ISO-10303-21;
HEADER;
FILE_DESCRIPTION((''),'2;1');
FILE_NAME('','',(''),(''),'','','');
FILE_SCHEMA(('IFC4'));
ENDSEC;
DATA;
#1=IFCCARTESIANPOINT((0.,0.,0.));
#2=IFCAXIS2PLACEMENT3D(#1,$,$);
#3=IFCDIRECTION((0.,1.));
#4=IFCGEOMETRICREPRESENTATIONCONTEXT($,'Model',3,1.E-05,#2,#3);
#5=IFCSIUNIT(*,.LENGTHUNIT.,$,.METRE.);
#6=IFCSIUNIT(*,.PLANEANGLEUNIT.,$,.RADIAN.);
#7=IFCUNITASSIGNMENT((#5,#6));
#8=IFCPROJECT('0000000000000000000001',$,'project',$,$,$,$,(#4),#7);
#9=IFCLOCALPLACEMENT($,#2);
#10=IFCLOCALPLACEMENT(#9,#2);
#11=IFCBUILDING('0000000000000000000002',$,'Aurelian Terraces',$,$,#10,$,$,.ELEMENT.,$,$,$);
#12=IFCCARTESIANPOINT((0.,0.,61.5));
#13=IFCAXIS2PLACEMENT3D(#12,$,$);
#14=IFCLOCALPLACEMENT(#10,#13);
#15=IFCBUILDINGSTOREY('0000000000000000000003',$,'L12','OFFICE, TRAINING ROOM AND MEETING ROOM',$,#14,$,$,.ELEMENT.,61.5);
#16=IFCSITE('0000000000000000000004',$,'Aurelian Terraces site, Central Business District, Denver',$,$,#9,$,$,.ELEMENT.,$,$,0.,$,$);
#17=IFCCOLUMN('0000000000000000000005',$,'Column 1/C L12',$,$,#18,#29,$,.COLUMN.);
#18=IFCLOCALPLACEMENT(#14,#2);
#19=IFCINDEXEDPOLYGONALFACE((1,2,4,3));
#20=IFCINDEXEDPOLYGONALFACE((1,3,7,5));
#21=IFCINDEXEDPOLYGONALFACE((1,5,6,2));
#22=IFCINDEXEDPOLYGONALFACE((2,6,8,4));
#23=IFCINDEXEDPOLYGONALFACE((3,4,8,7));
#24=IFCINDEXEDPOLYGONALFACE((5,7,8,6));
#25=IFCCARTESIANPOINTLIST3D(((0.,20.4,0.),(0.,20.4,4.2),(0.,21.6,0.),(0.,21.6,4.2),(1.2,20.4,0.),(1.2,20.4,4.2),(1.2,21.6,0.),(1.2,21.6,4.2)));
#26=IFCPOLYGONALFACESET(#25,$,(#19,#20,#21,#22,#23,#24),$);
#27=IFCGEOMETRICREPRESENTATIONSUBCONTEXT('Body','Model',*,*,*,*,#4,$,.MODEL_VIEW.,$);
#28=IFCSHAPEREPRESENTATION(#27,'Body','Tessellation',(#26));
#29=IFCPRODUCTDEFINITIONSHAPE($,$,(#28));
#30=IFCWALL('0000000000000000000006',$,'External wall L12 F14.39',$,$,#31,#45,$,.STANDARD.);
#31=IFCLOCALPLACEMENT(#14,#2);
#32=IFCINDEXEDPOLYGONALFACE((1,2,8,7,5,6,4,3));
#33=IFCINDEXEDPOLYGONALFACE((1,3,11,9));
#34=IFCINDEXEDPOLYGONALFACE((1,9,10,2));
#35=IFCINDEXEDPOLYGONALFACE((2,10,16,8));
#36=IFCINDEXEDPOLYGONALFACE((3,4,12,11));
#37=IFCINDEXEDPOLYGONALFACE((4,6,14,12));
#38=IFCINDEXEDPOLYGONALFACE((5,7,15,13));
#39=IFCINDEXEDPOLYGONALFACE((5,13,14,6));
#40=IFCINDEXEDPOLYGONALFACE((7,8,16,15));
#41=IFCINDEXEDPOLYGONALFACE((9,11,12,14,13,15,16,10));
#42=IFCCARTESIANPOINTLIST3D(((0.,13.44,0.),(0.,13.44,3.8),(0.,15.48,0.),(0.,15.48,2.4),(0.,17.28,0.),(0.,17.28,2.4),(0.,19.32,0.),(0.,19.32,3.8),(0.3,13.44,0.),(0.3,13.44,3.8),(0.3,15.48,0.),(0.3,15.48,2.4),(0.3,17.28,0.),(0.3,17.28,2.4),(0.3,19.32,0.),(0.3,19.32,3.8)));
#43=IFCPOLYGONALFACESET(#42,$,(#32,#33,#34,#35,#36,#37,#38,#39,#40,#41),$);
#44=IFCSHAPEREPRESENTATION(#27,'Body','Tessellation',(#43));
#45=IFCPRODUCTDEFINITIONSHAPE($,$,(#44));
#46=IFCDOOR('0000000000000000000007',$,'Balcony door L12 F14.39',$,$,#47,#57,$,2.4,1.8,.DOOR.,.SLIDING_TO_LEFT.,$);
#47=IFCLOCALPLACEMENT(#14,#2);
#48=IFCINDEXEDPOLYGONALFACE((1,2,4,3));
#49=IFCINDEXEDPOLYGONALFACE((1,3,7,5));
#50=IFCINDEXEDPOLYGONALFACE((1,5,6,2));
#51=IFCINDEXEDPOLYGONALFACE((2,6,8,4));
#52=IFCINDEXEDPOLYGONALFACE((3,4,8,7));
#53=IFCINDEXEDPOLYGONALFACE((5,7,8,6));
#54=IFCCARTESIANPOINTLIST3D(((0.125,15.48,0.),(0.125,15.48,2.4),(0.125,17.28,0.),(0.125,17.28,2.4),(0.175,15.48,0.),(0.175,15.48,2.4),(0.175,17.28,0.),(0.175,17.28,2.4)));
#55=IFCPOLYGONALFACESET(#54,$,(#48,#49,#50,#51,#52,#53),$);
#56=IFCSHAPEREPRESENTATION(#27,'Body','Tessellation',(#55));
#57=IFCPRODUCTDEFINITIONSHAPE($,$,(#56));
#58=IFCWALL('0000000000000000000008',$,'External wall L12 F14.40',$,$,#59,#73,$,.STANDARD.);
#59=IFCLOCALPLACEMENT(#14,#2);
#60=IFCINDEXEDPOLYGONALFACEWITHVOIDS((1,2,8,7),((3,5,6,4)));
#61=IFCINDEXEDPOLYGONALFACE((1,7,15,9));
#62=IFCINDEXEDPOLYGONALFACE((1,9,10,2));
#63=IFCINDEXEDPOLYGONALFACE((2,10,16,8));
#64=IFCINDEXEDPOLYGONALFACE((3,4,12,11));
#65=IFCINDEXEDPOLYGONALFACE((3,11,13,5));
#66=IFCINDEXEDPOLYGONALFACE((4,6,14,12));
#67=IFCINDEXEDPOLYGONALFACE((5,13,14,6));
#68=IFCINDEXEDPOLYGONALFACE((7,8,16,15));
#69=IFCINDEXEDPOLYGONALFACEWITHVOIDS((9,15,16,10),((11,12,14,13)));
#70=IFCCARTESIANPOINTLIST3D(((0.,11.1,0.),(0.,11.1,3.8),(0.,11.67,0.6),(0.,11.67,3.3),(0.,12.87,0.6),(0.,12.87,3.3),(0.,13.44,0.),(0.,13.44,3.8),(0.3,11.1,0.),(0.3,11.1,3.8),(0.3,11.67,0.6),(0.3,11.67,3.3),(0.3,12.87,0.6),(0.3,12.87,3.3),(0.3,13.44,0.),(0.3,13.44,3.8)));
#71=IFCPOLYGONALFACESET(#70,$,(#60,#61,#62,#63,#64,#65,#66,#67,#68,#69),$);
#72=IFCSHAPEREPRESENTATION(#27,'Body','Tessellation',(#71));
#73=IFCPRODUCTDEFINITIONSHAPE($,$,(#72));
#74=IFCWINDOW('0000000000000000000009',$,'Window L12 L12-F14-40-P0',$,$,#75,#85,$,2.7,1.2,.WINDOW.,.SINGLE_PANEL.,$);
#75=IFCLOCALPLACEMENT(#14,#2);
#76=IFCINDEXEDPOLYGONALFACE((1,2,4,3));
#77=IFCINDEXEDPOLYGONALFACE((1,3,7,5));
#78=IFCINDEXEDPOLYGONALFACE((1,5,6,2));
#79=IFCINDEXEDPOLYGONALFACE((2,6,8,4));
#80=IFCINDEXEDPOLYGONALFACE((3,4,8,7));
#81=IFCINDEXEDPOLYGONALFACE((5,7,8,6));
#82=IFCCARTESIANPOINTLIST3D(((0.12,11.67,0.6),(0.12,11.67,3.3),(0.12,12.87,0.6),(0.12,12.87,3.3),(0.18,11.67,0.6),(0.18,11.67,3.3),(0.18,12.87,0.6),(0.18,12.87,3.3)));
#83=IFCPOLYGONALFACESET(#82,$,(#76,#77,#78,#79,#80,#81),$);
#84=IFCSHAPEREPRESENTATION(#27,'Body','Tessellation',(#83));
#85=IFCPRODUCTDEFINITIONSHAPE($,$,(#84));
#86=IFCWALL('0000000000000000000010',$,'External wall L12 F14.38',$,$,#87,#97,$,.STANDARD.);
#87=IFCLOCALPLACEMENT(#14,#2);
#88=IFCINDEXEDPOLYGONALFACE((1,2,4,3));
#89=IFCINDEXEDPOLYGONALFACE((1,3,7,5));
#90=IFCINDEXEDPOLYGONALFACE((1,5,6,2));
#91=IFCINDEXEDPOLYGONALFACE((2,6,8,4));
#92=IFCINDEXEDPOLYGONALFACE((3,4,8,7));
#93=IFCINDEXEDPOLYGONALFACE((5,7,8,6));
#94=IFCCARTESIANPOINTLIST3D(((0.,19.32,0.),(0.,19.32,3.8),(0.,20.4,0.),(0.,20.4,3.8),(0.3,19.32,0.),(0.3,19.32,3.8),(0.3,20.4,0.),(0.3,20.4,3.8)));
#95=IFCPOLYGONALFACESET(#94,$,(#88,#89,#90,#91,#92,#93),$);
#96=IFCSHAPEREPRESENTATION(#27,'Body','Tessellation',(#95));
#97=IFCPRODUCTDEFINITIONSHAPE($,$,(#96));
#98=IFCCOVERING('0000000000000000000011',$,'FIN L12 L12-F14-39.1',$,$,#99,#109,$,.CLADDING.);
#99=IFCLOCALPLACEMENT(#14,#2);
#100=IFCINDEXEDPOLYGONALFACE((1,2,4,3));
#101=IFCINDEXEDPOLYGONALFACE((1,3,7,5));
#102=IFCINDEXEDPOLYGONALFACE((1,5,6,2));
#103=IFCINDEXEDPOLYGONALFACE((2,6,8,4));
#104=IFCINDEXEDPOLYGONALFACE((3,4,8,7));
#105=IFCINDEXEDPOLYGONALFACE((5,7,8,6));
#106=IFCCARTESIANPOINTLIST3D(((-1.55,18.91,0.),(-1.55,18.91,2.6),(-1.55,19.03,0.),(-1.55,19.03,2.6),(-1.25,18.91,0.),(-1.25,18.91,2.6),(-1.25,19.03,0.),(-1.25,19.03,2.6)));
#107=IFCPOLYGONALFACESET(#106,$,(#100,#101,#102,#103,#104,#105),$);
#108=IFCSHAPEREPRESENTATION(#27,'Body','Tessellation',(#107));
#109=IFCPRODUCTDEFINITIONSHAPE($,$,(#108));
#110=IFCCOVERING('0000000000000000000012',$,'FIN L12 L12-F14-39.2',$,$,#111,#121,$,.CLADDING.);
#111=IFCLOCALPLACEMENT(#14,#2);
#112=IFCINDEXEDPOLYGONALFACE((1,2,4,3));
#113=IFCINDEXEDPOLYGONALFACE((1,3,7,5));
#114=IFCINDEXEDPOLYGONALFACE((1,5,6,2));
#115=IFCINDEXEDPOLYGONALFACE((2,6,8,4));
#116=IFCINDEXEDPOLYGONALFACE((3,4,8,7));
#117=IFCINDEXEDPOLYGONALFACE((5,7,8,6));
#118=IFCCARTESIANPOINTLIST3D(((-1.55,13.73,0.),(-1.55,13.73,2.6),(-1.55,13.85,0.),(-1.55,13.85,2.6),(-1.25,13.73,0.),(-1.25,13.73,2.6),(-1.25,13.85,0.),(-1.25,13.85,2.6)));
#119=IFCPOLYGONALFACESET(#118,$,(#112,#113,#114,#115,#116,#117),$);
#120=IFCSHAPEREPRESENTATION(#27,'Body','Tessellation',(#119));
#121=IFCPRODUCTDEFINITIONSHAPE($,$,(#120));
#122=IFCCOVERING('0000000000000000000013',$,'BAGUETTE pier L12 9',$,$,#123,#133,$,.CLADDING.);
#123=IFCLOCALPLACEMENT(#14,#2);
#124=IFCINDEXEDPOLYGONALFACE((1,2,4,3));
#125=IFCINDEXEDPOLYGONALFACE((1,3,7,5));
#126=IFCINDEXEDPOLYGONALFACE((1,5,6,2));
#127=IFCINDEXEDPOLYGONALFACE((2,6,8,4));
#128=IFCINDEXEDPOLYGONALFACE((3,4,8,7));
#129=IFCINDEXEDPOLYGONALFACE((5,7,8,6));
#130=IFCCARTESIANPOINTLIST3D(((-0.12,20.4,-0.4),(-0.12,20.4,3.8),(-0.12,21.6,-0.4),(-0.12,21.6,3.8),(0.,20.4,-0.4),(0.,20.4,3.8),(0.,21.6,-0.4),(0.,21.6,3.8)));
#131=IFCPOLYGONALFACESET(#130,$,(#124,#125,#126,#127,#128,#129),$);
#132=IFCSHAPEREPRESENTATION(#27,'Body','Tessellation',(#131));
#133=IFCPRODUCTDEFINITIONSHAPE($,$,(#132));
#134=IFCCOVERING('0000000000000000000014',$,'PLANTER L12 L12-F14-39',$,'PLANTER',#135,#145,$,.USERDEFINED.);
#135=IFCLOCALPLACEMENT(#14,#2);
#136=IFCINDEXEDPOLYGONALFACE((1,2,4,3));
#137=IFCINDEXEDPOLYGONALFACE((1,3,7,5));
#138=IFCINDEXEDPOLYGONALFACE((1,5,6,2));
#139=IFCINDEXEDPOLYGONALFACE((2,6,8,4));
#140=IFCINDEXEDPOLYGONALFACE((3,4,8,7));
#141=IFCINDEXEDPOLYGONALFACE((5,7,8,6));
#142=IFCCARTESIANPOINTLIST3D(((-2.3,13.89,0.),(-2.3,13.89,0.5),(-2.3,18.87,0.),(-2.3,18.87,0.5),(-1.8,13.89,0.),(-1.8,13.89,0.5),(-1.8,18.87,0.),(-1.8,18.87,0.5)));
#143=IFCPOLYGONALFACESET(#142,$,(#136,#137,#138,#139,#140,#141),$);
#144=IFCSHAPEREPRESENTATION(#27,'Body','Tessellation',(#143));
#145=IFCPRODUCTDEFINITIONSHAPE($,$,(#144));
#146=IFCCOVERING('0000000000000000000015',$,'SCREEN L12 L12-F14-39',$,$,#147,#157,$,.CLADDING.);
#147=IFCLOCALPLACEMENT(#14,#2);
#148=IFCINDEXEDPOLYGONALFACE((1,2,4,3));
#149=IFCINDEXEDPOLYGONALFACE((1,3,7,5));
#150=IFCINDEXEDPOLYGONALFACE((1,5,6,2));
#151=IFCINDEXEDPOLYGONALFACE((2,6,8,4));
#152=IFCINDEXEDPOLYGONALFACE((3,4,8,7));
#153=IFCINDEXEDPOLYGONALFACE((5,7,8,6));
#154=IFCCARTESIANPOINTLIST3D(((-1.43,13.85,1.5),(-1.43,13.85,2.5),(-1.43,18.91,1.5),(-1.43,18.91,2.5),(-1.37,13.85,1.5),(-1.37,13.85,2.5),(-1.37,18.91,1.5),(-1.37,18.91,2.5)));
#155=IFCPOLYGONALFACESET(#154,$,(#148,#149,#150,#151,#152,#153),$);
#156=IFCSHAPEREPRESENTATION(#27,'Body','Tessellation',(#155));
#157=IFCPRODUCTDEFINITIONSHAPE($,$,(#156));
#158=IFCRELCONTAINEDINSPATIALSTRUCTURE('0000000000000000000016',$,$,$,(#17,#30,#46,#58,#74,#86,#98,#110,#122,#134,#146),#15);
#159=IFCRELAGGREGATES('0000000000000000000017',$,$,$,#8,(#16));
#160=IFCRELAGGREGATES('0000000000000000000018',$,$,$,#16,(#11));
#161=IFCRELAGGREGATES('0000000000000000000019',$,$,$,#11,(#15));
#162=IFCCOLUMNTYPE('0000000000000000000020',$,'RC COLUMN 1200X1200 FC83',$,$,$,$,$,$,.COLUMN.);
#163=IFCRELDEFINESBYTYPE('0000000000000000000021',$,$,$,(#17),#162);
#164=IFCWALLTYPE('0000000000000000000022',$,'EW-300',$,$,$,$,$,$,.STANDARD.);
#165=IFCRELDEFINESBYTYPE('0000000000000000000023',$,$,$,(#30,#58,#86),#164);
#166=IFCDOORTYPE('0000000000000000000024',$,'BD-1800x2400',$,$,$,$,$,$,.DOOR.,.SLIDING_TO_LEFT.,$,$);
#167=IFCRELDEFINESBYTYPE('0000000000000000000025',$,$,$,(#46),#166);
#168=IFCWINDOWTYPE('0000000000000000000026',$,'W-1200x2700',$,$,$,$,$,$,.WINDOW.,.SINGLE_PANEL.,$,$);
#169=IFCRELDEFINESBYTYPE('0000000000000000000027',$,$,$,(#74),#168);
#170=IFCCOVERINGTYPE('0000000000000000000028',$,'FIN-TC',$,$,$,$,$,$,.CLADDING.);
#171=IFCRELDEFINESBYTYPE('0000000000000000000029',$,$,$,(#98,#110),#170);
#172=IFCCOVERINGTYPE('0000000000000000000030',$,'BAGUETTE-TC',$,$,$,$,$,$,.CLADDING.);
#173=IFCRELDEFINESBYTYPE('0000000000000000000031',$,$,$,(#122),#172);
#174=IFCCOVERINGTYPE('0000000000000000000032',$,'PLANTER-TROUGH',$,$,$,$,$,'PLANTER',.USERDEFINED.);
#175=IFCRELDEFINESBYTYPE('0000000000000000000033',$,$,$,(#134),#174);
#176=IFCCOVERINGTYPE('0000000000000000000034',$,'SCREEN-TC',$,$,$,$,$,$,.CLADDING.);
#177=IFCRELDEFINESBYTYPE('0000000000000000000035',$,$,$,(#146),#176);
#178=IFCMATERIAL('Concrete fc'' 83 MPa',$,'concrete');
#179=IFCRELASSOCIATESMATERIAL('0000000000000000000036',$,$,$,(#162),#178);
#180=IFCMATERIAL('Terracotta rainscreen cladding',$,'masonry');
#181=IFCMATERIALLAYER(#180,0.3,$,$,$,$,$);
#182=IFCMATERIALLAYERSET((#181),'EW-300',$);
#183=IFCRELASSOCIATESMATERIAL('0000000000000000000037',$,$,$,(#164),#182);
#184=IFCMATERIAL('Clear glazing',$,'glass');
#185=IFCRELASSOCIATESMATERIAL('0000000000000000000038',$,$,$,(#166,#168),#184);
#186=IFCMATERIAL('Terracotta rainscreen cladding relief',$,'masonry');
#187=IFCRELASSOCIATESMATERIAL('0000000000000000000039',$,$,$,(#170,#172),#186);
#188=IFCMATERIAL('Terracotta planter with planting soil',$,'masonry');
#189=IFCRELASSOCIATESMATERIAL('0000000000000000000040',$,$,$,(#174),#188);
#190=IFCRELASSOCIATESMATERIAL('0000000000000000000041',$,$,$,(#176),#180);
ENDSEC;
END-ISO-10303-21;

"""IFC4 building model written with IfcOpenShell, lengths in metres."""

from ifc_helpers import new_model, si_unit, direction, frame, frame_2d, origin, origin_2d, place, context, subcontext, project, spatial, rectangle, extrude, source, transform, mapped, material, layer, layer_set, material_profile, profile_set, type_object, element, fill, save


model = new_model("IFC4")

# Units and contexts
model_context = context("Model", 3, precision=1e-05, world=origin(), true_north=direction((0.0, 1.0)))
body_context = subcontext(model_context, "Body", "Model", "MODEL_VIEW")
ifc_project = project(units=[si_unit("LENGTHUNIT", "METRE"), si_unit("PLANEANGLEUNIT", "RADIAN")], contexts=[model_context])

# Site, building, storey
site_placement = place(None, origin())
site = spatial("IfcSite", under=ifc_project, at=site_placement, Name="Aurelian Terraces site, Central Business District, Denver", CompositionType="ELEMENT", RefElevation=0.0)
building_placement = place(site_placement, origin())
building = spatial("IfcBuilding", under=site, at=building_placement, Name="Aurelian Terraces", CompositionType="ELEMENT")
storey_placement = place(building_placement, frame((0.0, 0.0, 61.5)))
storey = spatial("IfcBuildingStorey", under=building, at=storey_placement, Name="L12", Description="OFFICE, TRAINING ROOM AND MEETING ROOM", CompositionType="ELEMENT", Elevation=61.5)

# Column
ifc_material_1 = material(Name="Concrete fc' 83 MPa", Category="concrete")
ifc_material_profile = material_profile(ifc_material_1, rectangle(XDim=1.2, YDim=1.2, at=origin_2d()))
ifc_profile_set = profile_set([ifc_material_profile], Name="Concrete fc' 83 MPa")
column_type = type_object("IfcColumnType", Name="RC COLUMN 1200X1200 FC83", PredefinedType="COLUMN", material=ifc_profile_set)
shared_shape_1 = source(origin(), body_context, "Body", "SweptSolid", [
    extrude(rectangle(XDim=1.2, YDim=1.2, at=origin_2d()), origin(), (0.0, 0.0, 1.0), 4.2),
])
column_placement = place(storey_placement, frame((0.6, 21.0, 0.0), z_axis=(0.0, 0.0, 1.0), x_axis=(1.0, 0.0, 0.0)))
element("IfcColumn", 1, at=column_placement, inside=storey, type_object=column_type, Name="Column 1/C L12", PredefinedType="COLUMN", context=body_context, shape_type="MappedRepresentation", body=[
    mapped(shared_shape_1, transform((0.0, 0.0, 0.0), scale=1.0)),
])

# Wall, opening, door
ifc_material_2 = material(Name="Terracotta rainscreen cladding", Category="masonry")
ifc_layer = layer(ifc_material_2, 0.3)
ifc_layer_set = layer_set([ifc_layer], Name="EW-300")
wall_type = type_object("IfcWallType", Name="EW-300", PredefinedType="STANDARD", material=ifc_layer_set)
shared_shape_2 = source(origin(), body_context, "Body", "SweptSolid", [
    extrude(rectangle(XDim=5.88, YDim=0.3, at=frame_2d((2.94, 0.0))), origin(), (0.0, 0.0, 1.0), 3.8),
])
wall_1_placement = place(storey_placement, frame((0.15, 19.32, 0.0), z_axis=(0.0, 0.0, 1.0), x_axis=(0.0, -1.0, 0.0)))
wall_1 = element("IfcWall", 2, at=wall_1_placement, inside=storey, type_object=wall_type, Name="External wall L12 F14.39", PredefinedType="STANDARD", context=body_context, shape_type="MappedRepresentation", body=[
    mapped(shared_shape_2, transform((0.0, 0.0, 0.0), scale=1.0)),
])
shared_shape_3 = source(origin(), body_context, "Body", "SweptSolid", [
    extrude(rectangle(XDim=1.8, YDim=2.4, at=frame_2d((0.9, 1.2))), frame((0.0, 0.16, 0.0), z_axis=(0.0, -1.0, 0.0), x_axis=(1.0, 0.0, 0.0)), (0.0, 0.0, 1.0), 0.32),
])
opening_1_placement = place(wall_1_placement, frame((2.04, 0.0, 0.0)))
opening_1 = element("IfcOpeningElement", 3, at=opening_1_placement, cuts=wall_1, PredefinedType="OPENING", context=body_context, shape_type="MappedRepresentation", body=[
    mapped(shared_shape_3, transform((0.0, 0.0, 0.0), scale=1.0)),
])
ifc_material_3 = material(Name="Clear glazing", Category="glass")
door_type = type_object("IfcDoorType", Name="BD-1800x2400", OperationType="SLIDING_TO_LEFT", PredefinedType="DOOR", material=ifc_material_3)
shared_shape_4 = source(origin(), body_context, "Body", "SweptSolid", [
    extrude(rectangle(XDim=1.8, YDim=2.4, at=frame_2d((0.9, 1.2))), frame((0.0, 0.025, 0.0), z_axis=(0.0, -1.0, 0.0), x_axis=(1.0, 0.0, 0.0)), (0.0, 0.0, 1.0), 0.05),
])
door_placement = place(opening_1_placement, origin())
door = element("IfcDoor", 4, at=door_placement, inside=storey, type_object=door_type, Name="Balcony door L12 F14.39", OperationType="SLIDING_TO_LEFT", OverallHeight=2.4, OverallWidth=1.8, PredefinedType="DOOR", context=body_context, shape_type="MappedRepresentation", body=[
    mapped(shared_shape_4, transform((0.0, 0.0, 0.0), scale=1.0)),
])
fill(opening_1, door)

# Wall, opening, window
shared_shape_5 = source(origin(), body_context, "Body", "SweptSolid", [
    extrude(rectangle(XDim=2.34, YDim=0.3, at=frame_2d((1.17, 0.0))), origin(), (0.0, 0.0, 1.0), 3.8),
])
wall_2_placement = place(storey_placement, frame((0.15, 13.44, 0.0), z_axis=(0.0, 0.0, 1.0), x_axis=(0.0, -1.0, 0.0)))
wall_2 = element("IfcWall", 5, at=wall_2_placement, inside=storey, type_object=wall_type, Name="External wall L12 F14.40", PredefinedType="STANDARD", context=body_context, shape_type="MappedRepresentation", body=[
    mapped(shared_shape_5, transform((0.0, 0.0, 0.0), scale=1.0)),
])
shared_shape_6 = source(origin(), body_context, "Body", "SweptSolid", [
    extrude(rectangle(XDim=1.2, YDim=2.7, at=frame_2d((0.6, 1.35))), frame((0.0, 0.16, 0.0), z_axis=(0.0, -1.0, 0.0), x_axis=(1.0, 0.0, 0.0)), (0.0, 0.0, 1.0), 0.32),
])
opening_2_placement = place(wall_2_placement, frame((0.57, 0.0, 0.6)))
opening_2 = element("IfcOpeningElement", 6, at=opening_2_placement, cuts=wall_2, PredefinedType="OPENING", context=body_context, shape_type="MappedRepresentation", body=[
    mapped(shared_shape_6, transform((0.0, 0.0, 0.0), scale=1.0)),
])
window_type = type_object("IfcWindowType", Name="W-1200x2700", PartitioningType="SINGLE_PANEL", PredefinedType="WINDOW", material=ifc_material_3)
shared_shape_7 = source(origin(), body_context, "Body", "SweptSolid", [
    extrude(rectangle(XDim=1.2, YDim=2.7, at=frame_2d((0.6, 1.35))), frame((0.0, 0.03, 0.0), z_axis=(0.0, -1.0, 0.0), x_axis=(1.0, 0.0, 0.0)), (0.0, 0.0, 1.0), 0.06),
])
window_placement = place(opening_2_placement, origin())
window = element("IfcWindow", 7, at=window_placement, inside=storey, type_object=window_type, Name="Window L12 L12-F14-40-P0", OverallHeight=2.7, OverallWidth=1.2, PartitioningType="SINGLE_PANEL", PredefinedType="WINDOW", context=body_context, shape_type="MappedRepresentation", body=[
    mapped(shared_shape_7, transform((0.0, 0.0, 0.0), scale=1.0)),
])
fill(opening_2, window)

# Wall
shared_shape_8 = source(origin(), body_context, "Body", "SweptSolid", [
    extrude(rectangle(XDim=1.08, YDim=0.3, at=frame_2d((0.54, 0.0))), origin(), (0.0, 0.0, 1.0), 3.8),
])
wall_3_placement = place(storey_placement, frame((0.15, 20.4, 0.0), z_axis=(0.0, 0.0, 1.0), x_axis=(0.0, -1.0, 0.0)))
element("IfcWall", 8, at=wall_3_placement, inside=storey, type_object=wall_type, Name="External wall L12 F14.38", PredefinedType="STANDARD", context=body_context, shape_type="MappedRepresentation", body=[
    mapped(shared_shape_8, transform((0.0, 0.0, 0.0), scale=1.0)),
])

# Coverings
ifc_material_4 = material(Name="Terracotta rainscreen cladding relief", Category="masonry")
covering_type_1 = type_object("IfcCoveringType", Name="FIN-TC", PredefinedType="CLADDING", material=ifc_material_4)
shared_shape_9 = source(origin(), body_context, "Body", "SweptSolid", [
    extrude(rectangle(XDim=0.3, YDim=0.12, at=origin_2d()), origin(), (0.0, 0.0, 1.0), 2.6),
])
for number, where, z_axis, x_axis, name in (
    (9, (-1.4, 18.97, 0.0), (0.0, 0.0, 1.0), (1.0, 0.0, 0.0), "FIN L12 L12-F14-39.1"),
    (10, (-1.4, 13.79, 0.0), (0.0, 0.0, 1.0), (1.0, 0.0, 0.0), "FIN L12 L12-F14-39.2"),
):
    element("IfcCovering", number, at=place(storey_placement, frame(where, z_axis=z_axis, x_axis=x_axis)), inside=storey, type_object=covering_type_1, Name=name, PredefinedType="CLADDING", context=body_context, shape_type="MappedRepresentation", body=[
        mapped(shared_shape_9, transform((0.0, 0.0, 0.0), scale=1.0)),
    ])
covering_type_2 = type_object("IfcCoveringType", Name="BAGUETTE-TC", PredefinedType="CLADDING", material=ifc_material_4)
shared_shape_10 = source(origin(), body_context, "Body", "SweptSolid", [
    extrude(rectangle(XDim=0.12, YDim=1.2, at=origin_2d()), origin(), (0.0, 0.0, 1.0), 4.2),
])
covering_1_placement = place(storey_placement, frame((-0.06, 21.0, -0.4), z_axis=(0.0, 0.0, 1.0), x_axis=(1.0, 0.0, 0.0)))
element("IfcCovering", 11, at=covering_1_placement, inside=storey, type_object=covering_type_2, Name="BAGUETTE pier L12 9", PredefinedType="CLADDING", context=body_context, shape_type="MappedRepresentation", body=[
    mapped(shared_shape_10, transform((0.0, 0.0, 0.0), scale=1.0)),
])

# Coverings
ifc_material_5 = material(Name="Terracotta planter with planting soil", Category="masonry")
covering_type_3 = type_object("IfcCoveringType", Name="PLANTER-TROUGH", ElementType="PLANTER", PredefinedType="USERDEFINED", material=ifc_material_5)
shared_shape_11 = source(origin(), body_context, "Body", "SweptSolid", [
    extrude(rectangle(XDim=0.5, YDim=4.98, at=origin_2d()), origin(), (0.0, 0.0, 1.0), 0.5),
])
covering_2_placement = place(storey_placement, frame((-2.05, 16.38, 0.0), z_axis=(0.0, 0.0, 1.0), x_axis=(1.0, 0.0, 0.0)))
element("IfcCovering", 12, at=covering_2_placement, inside=storey, type_object=covering_type_3, Name="PLANTER L12 L12-F14-39", ObjectType="PLANTER", PredefinedType="USERDEFINED", context=body_context, shape_type="MappedRepresentation", body=[
    mapped(shared_shape_11, transform((0.0, 0.0, 0.0), scale=1.0)),
])
covering_type_4 = type_object("IfcCoveringType", Name="SCREEN-TC", PredefinedType="CLADDING", material=ifc_material_2)
shared_shape_12 = source(origin(), body_context, "Body", "SweptSolid", [
    extrude(rectangle(XDim=0.06, YDim=5.06, at=origin_2d()), origin(), (0.0, 0.0, 1.0), 1.0),
])
covering_3_placement = place(storey_placement, frame((-1.4, 16.38, 1.5), z_axis=(0.0, 0.0, 1.0), x_axis=(1.0, 0.0, 0.0)))
element("IfcCovering", 13, at=covering_3_placement, inside=storey, type_object=covering_type_4, Name="SCREEN L12 L12-F14-39", PredefinedType="CLADDING", context=body_context, shape_type="MappedRepresentation", body=[
    mapped(shared_shape_12, transform((0.0, 0.0, 0.0), scale=1.0)),
])

save(model, "model.ifc")
